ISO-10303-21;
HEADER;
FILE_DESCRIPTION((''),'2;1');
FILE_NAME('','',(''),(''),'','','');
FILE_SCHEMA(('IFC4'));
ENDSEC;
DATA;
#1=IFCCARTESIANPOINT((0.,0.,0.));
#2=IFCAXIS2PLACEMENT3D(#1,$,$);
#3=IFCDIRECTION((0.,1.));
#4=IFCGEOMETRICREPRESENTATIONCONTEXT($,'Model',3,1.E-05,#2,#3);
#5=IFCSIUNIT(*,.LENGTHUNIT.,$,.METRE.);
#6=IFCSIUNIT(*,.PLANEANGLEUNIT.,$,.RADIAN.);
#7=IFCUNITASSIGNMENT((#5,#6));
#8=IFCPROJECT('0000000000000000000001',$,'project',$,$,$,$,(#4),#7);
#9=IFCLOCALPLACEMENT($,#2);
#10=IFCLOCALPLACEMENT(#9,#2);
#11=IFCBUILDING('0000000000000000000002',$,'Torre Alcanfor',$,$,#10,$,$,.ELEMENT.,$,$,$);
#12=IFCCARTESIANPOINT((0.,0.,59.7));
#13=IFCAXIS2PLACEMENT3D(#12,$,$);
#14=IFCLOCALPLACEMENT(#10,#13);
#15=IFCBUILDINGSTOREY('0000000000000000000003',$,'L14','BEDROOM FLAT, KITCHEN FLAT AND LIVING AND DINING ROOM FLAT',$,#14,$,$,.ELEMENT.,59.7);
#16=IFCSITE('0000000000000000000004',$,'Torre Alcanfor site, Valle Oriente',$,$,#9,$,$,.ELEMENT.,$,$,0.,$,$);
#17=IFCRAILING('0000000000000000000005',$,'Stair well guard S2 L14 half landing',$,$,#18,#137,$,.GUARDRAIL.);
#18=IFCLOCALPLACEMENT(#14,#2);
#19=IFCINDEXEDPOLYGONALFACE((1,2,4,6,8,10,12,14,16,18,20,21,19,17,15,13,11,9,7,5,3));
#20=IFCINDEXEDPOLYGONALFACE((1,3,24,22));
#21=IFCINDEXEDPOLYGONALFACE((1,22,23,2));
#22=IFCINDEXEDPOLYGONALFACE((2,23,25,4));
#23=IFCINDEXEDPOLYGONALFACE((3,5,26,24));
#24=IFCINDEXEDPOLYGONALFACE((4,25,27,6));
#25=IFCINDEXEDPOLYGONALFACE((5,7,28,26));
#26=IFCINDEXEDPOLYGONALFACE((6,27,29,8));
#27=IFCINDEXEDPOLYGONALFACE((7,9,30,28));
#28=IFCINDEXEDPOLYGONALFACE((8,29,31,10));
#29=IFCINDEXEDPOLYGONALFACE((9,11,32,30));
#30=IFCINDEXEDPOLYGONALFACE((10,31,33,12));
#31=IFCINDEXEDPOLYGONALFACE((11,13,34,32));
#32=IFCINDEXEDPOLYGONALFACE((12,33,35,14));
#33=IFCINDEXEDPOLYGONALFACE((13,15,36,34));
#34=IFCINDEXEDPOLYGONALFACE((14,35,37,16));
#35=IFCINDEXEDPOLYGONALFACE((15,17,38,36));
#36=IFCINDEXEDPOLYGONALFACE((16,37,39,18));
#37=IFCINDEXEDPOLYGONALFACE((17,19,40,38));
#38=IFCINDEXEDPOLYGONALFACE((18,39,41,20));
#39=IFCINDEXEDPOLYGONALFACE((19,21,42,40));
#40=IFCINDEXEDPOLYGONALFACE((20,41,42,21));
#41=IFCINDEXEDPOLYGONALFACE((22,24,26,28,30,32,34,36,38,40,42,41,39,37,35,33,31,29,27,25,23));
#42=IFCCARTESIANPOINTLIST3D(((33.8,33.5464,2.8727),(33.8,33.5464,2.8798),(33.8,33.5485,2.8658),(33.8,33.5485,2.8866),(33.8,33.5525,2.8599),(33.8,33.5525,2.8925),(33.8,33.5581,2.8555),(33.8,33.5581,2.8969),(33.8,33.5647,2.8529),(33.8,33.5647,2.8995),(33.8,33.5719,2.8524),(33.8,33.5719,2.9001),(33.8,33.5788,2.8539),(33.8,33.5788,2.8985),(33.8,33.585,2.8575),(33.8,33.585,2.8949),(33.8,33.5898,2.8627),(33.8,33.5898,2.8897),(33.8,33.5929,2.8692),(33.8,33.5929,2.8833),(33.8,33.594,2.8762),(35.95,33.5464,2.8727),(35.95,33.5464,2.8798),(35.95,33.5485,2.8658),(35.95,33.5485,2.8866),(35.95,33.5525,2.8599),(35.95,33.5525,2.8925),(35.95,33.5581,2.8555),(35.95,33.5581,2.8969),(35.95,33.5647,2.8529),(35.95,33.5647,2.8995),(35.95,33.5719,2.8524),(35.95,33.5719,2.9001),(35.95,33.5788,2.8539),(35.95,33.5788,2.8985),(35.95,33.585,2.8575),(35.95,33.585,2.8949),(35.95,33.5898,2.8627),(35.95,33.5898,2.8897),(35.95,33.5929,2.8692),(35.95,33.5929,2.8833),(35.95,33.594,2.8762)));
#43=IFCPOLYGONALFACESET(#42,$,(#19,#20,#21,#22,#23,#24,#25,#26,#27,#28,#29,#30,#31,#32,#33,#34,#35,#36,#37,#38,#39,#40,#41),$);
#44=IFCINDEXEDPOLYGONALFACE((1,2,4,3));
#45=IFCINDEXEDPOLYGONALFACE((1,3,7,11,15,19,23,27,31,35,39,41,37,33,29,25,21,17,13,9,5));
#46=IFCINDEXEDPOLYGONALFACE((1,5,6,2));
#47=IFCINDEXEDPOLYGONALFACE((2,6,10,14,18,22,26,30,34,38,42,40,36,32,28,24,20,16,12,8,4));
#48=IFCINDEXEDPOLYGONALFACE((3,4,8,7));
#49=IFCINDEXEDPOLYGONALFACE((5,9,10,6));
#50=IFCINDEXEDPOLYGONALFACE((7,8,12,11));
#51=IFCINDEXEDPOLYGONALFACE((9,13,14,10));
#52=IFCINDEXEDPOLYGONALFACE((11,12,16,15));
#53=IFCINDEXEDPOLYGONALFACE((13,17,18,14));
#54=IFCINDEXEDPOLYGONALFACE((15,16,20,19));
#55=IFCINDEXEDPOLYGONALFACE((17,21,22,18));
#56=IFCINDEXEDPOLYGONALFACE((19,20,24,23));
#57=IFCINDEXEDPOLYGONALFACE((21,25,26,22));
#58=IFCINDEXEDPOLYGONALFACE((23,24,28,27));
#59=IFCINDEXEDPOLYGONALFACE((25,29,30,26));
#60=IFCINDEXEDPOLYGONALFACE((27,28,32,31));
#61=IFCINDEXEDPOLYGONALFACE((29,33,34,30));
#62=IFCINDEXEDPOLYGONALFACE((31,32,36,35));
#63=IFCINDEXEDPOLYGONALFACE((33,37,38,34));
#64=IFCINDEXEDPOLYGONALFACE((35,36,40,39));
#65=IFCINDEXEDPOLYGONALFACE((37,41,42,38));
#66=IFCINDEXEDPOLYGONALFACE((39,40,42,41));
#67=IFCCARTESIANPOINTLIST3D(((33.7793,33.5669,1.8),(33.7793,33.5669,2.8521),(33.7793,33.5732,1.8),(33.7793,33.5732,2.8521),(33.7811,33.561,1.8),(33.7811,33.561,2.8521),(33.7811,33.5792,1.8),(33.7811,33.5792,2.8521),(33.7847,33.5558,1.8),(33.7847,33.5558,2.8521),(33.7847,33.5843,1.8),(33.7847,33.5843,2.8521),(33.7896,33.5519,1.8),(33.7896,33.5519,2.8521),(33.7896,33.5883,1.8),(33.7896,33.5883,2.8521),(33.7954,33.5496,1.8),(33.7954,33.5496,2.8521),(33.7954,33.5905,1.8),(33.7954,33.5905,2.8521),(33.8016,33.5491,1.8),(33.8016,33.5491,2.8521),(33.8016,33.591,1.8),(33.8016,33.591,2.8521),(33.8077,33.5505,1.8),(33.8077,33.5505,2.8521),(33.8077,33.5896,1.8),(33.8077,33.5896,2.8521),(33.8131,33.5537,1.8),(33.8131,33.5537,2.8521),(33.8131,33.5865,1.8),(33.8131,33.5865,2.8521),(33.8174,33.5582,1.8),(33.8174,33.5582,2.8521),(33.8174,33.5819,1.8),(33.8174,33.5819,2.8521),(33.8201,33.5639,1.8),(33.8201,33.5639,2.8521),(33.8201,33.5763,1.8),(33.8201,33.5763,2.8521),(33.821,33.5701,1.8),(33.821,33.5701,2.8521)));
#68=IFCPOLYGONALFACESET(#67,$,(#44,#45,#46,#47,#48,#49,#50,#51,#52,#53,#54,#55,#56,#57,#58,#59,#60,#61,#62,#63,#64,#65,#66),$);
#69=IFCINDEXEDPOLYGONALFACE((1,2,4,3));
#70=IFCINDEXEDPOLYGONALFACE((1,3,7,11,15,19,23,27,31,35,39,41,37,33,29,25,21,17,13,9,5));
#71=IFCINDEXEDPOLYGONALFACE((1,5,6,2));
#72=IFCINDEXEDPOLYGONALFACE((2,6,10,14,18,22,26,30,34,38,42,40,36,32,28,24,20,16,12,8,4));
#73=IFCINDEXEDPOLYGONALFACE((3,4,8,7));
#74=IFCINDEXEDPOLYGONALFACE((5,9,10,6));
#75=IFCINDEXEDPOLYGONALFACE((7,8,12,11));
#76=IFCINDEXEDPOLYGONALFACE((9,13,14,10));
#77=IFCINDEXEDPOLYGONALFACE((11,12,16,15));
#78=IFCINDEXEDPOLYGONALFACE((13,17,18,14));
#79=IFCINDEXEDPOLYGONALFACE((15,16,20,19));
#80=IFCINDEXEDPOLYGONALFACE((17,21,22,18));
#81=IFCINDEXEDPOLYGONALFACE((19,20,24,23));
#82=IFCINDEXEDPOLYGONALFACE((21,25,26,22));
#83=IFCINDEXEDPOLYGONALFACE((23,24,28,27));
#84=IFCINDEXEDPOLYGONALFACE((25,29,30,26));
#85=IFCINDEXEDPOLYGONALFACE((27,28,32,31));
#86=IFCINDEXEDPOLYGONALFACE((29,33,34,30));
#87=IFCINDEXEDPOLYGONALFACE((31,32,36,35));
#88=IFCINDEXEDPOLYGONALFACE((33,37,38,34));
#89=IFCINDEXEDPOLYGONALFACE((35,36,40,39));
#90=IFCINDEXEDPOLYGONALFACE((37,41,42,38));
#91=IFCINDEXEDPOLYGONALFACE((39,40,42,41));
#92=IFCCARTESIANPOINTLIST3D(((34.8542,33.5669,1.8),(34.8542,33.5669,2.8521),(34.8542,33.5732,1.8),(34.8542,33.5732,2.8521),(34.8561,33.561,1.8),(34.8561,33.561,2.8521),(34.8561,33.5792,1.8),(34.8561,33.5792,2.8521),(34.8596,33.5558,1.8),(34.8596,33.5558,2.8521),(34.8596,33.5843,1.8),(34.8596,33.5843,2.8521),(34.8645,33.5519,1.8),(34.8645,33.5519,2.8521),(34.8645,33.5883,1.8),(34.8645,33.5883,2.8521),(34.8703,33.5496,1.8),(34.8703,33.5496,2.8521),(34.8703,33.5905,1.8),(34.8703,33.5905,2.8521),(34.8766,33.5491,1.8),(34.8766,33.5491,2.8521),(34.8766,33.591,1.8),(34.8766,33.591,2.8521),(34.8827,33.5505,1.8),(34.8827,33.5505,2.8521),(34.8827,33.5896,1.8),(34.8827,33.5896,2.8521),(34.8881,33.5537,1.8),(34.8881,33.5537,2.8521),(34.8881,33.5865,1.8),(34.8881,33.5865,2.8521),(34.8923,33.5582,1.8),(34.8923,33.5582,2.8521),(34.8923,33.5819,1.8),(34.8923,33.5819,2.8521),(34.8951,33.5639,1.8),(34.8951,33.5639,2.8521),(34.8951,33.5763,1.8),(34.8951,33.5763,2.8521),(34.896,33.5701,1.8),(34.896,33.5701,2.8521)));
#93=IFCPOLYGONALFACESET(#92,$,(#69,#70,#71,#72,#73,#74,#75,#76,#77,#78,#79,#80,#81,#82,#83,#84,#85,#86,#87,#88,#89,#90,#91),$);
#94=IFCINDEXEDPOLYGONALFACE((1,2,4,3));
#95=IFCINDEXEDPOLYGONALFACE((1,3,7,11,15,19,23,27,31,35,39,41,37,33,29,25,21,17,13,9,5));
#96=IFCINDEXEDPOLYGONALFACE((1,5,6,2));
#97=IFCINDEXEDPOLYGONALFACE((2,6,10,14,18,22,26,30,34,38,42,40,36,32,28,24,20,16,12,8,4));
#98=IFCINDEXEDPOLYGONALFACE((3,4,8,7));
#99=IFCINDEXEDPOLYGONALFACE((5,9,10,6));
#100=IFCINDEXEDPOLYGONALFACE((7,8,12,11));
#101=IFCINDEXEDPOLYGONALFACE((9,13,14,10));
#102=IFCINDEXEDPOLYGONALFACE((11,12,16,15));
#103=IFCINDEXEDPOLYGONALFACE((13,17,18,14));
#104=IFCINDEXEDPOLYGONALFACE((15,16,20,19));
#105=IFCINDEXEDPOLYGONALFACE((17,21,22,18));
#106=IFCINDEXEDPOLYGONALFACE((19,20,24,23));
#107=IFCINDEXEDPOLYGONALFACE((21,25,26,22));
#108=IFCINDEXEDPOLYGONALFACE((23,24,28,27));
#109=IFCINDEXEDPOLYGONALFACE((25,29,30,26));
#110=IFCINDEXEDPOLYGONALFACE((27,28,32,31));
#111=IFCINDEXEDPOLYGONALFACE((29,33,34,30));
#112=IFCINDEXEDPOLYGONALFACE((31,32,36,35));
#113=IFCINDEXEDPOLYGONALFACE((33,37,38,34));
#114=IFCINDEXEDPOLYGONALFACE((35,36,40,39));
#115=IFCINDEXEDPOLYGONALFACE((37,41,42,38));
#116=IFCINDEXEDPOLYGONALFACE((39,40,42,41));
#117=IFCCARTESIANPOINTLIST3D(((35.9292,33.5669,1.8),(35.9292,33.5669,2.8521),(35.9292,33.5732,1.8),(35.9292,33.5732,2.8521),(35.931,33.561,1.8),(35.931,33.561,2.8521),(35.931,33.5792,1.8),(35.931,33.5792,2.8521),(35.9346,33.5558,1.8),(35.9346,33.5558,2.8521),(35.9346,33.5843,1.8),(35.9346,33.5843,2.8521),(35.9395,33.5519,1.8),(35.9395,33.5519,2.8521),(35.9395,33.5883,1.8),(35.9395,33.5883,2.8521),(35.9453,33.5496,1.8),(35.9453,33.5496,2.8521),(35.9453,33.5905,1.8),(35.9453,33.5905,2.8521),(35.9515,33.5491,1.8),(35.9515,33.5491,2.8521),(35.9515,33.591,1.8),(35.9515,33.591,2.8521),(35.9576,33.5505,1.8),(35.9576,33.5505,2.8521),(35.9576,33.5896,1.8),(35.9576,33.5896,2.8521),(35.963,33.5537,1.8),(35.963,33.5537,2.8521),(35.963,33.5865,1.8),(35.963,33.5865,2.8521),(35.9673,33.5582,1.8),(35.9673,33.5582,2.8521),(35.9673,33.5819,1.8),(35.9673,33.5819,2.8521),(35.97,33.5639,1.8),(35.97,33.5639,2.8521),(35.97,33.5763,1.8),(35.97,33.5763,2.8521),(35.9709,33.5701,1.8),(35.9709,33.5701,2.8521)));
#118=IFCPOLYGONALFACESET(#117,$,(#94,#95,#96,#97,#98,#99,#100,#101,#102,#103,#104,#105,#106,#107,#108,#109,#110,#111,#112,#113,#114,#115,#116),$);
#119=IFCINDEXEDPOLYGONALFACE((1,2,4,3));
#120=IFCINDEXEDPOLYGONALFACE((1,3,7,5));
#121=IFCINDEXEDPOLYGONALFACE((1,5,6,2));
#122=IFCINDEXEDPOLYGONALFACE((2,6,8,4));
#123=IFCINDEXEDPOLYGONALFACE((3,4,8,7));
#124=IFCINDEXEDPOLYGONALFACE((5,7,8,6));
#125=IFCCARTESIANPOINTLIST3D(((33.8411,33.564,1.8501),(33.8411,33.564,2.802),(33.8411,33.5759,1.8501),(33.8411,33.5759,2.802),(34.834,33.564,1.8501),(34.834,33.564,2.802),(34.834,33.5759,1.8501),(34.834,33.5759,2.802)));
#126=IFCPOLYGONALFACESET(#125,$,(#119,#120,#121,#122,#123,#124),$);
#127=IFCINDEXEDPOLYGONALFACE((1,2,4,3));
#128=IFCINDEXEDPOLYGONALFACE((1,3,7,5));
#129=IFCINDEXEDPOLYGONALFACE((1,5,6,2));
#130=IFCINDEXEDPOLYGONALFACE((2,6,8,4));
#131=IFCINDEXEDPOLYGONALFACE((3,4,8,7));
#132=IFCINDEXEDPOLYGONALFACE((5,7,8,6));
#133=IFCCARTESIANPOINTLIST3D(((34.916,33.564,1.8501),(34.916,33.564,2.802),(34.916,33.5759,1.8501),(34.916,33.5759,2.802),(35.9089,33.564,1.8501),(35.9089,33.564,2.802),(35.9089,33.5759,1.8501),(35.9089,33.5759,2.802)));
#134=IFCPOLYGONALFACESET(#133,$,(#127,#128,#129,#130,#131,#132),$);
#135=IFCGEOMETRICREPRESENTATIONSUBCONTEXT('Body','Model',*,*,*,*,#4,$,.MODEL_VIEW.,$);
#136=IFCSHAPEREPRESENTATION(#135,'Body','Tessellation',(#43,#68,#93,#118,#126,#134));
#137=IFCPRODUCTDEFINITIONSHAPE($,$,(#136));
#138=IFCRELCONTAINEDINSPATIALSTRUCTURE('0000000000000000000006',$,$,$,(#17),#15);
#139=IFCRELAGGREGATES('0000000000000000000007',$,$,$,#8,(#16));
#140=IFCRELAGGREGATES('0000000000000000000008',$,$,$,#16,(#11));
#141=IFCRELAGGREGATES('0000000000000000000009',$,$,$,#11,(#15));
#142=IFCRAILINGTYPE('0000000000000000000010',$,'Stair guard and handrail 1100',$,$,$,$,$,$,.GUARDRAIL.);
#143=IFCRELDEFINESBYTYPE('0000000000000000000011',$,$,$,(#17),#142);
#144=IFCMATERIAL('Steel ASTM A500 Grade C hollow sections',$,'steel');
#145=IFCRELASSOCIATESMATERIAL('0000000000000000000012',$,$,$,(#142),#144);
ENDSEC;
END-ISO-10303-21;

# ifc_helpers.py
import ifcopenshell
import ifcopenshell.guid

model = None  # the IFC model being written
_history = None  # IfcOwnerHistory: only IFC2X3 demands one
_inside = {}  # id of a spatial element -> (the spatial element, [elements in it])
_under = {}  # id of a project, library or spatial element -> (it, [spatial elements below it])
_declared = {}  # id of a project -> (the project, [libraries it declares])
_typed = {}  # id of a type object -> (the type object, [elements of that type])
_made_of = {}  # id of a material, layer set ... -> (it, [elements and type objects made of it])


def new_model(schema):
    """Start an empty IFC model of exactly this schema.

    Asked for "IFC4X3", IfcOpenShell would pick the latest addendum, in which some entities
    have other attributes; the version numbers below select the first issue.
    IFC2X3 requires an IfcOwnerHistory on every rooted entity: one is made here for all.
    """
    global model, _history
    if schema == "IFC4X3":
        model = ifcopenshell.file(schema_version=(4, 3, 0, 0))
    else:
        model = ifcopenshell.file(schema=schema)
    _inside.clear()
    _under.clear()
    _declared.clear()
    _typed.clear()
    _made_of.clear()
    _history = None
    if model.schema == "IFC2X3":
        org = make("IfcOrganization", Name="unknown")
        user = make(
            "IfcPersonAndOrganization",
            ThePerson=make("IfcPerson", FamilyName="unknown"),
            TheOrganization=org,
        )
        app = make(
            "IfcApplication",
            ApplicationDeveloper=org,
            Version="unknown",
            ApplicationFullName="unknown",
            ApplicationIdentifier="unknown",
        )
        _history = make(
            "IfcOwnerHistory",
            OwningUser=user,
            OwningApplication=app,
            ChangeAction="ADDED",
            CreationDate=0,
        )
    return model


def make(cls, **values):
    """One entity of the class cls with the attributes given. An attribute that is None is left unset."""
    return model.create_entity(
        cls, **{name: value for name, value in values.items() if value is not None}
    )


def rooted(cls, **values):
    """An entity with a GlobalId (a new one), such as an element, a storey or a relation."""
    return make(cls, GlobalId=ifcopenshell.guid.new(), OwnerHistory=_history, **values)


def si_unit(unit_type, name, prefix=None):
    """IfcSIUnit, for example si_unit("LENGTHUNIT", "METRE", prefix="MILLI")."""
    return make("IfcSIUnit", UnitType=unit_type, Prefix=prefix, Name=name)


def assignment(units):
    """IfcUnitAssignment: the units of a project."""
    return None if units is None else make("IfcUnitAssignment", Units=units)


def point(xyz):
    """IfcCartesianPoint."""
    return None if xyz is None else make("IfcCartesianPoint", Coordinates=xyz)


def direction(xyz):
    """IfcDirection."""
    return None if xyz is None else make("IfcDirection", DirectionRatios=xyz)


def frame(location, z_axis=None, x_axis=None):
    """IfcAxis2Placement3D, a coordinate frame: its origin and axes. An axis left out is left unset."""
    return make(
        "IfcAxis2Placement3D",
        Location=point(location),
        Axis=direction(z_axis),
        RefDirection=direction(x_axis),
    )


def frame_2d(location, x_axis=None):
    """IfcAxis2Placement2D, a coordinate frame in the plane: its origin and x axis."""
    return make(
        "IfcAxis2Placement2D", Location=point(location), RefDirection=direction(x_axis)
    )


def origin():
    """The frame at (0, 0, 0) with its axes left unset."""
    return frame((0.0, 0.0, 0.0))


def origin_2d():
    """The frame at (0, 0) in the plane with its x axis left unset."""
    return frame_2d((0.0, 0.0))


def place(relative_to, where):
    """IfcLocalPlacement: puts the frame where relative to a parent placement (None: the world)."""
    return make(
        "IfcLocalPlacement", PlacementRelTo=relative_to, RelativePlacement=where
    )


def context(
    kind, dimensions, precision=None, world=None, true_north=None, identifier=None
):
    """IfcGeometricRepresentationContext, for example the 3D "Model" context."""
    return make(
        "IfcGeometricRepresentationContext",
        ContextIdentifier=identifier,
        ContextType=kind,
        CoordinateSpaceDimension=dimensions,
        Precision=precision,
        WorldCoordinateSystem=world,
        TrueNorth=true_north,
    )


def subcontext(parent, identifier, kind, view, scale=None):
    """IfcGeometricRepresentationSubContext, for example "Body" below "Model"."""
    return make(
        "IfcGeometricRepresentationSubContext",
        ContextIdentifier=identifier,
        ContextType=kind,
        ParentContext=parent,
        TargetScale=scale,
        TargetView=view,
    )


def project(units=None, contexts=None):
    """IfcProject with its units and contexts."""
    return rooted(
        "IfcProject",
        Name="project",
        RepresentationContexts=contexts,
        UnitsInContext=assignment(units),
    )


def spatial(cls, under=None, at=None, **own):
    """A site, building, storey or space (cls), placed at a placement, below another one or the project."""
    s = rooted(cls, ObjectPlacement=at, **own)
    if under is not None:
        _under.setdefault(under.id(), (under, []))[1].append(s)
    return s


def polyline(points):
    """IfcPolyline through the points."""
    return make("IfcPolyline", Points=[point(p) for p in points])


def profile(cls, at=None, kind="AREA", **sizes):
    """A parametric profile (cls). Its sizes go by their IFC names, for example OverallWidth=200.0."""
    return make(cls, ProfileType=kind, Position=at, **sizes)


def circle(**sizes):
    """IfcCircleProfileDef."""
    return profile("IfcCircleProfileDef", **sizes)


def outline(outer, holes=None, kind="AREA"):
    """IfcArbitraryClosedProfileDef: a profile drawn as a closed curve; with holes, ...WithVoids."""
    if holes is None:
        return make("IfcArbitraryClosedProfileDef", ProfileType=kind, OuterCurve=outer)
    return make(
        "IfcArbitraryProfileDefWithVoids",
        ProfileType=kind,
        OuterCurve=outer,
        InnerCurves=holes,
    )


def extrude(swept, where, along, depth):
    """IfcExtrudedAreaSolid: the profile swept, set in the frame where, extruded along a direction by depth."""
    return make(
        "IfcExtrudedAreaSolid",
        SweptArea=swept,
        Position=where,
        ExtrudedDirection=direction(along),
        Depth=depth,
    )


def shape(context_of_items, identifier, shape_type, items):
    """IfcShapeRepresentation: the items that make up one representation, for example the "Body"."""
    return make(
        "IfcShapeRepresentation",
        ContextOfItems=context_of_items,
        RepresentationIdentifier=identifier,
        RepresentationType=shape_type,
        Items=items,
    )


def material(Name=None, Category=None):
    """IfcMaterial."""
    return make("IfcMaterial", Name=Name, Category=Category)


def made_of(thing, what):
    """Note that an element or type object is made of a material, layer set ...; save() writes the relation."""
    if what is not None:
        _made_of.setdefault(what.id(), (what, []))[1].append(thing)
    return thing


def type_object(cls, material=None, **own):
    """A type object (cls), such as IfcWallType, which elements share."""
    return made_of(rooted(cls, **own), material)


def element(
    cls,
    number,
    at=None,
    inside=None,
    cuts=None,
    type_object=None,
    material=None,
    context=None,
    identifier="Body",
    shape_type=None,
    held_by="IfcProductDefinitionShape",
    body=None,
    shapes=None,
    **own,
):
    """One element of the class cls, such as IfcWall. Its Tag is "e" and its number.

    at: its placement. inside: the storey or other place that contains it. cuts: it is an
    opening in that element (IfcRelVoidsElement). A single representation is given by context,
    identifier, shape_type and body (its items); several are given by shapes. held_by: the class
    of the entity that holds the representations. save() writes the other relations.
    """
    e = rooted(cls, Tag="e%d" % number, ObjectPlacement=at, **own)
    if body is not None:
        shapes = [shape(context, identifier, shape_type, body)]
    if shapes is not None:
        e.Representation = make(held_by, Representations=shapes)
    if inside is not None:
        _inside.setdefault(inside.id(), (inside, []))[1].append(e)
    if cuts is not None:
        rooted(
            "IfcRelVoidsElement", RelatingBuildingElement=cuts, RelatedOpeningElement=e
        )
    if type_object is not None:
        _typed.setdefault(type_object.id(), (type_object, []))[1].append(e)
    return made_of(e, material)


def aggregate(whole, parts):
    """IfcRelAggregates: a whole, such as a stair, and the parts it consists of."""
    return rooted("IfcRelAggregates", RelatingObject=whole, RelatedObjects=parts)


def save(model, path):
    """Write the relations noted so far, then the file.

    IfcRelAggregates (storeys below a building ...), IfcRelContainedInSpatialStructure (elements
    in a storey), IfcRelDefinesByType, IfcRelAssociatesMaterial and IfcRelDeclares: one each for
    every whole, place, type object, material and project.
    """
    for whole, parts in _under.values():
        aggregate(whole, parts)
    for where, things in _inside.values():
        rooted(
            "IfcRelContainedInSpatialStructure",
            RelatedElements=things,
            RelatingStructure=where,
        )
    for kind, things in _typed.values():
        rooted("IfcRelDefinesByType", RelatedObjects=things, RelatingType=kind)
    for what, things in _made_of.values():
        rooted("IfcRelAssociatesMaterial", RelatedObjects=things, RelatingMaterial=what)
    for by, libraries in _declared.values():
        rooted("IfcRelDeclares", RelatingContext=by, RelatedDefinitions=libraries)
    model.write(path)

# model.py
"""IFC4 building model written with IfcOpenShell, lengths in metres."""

from ifc_helpers import new_model, si_unit, direction, frame, origin, origin_2d, place, context, subcontext, project, spatial, polyline, circle, outline, extrude, material, type_object, element, save


model = new_model("IFC4")

# Units and contexts
model_context = context("Model", 3, precision=1e-05, world=origin(), true_north=direction((0.0, 1.0)))
body_context = subcontext(model_context, "Body", "Model", "MODEL_VIEW")
ifc_project = project(units=[si_unit("LENGTHUNIT", "METRE"), si_unit("PLANEANGLEUNIT", "RADIAN")], contexts=[model_context])

# Site, building, storey
site_placement = place(None, origin())
site = spatial("IfcSite", under=ifc_project, at=site_placement, Name="Torre Alcanfor site, Valle Oriente", CompositionType="ELEMENT", RefElevation=0.0)
building_placement = place(site_placement, origin())
building = spatial("IfcBuilding", under=site, at=building_placement, Name="Torre Alcanfor", CompositionType="ELEMENT")
storey_placement = place(building_placement, frame((0.0, 0.0, 59.7)))
storey = spatial("IfcBuildingStorey", under=building, at=storey_placement, Name="L14", Description="BEDROOM FLAT, KITCHEN FLAT AND LIVING AND DINING ROOM FLAT", CompositionType="ELEMENT", Elevation=59.7)

# Railing
ifc_material_1 = material(Name="Steel ASTM A500 Grade C hollow sections", Category="steel")
railing_type_1 = type_object("IfcRailingType", Name="Stair guard and handrail 1100", PredefinedType="GUARDRAIL", material=ifc_material_1)
for number, where, name in (
    (1, (33.8, 33.5701, 1.8), "Stair well guard S2 L14 half landing"),
):
    element("IfcRailing", number, at=place(storey_placement, frame(where)), inside=storey, type_object=railing_type_1, Name=name, PredefinedType="GUARDRAIL", context=body_context, shape_type="SweptSolid", body=[
        extrude(circle(Radius=0.0239, at=origin_2d()), frame((0.0, 0.0, 1.0762), z_axis=(1.0, 0.0, 0.0), x_axis=(0.0, 1.0, 0.0)), (0.0, 0.0, 1.0), 2.1499),
        extrude(circle(Radius=0.021, at=origin_2d()), origin(), (0.0, 0.0, 1.0), 1.052),
        extrude(circle(Radius=0.021, at=origin_2d()), frame((1.075, 0.0, 0.0)), (0.0, 0.0, 1.0), 1.052),
        extrude(circle(Radius=0.021, at=origin_2d()), frame((2.1499, 0.0, 0.0)), (0.0, 0.0, 1.0), 1.052),
        extrude(outline(polyline([(0.041, 0.05), (1.0339, 0.05), (1.0339, 1.002), (0.041, 1.002), (0.041, 0.05)])), frame((0.0, 0.0059, 0.0), z_axis=(0.0, -1.0, 0.0), x_axis=(1.0, 0.0, 0.0)), (0.0, 0.0, 1.0), 0.012),
        extrude(outline(polyline([(1.116, 0.05), (2.1089, 0.05), (2.1089, 1.002), (1.116, 1.002), (1.116, 0.05)])), frame((0.0, 0.0059, 0.0), z_axis=(0.0, -1.0, 0.0), x_axis=(1.0, 0.0, 0.0)), (0.0, 0.0, 1.0), 0.012),
    ])

save(model, "model.ifc")
